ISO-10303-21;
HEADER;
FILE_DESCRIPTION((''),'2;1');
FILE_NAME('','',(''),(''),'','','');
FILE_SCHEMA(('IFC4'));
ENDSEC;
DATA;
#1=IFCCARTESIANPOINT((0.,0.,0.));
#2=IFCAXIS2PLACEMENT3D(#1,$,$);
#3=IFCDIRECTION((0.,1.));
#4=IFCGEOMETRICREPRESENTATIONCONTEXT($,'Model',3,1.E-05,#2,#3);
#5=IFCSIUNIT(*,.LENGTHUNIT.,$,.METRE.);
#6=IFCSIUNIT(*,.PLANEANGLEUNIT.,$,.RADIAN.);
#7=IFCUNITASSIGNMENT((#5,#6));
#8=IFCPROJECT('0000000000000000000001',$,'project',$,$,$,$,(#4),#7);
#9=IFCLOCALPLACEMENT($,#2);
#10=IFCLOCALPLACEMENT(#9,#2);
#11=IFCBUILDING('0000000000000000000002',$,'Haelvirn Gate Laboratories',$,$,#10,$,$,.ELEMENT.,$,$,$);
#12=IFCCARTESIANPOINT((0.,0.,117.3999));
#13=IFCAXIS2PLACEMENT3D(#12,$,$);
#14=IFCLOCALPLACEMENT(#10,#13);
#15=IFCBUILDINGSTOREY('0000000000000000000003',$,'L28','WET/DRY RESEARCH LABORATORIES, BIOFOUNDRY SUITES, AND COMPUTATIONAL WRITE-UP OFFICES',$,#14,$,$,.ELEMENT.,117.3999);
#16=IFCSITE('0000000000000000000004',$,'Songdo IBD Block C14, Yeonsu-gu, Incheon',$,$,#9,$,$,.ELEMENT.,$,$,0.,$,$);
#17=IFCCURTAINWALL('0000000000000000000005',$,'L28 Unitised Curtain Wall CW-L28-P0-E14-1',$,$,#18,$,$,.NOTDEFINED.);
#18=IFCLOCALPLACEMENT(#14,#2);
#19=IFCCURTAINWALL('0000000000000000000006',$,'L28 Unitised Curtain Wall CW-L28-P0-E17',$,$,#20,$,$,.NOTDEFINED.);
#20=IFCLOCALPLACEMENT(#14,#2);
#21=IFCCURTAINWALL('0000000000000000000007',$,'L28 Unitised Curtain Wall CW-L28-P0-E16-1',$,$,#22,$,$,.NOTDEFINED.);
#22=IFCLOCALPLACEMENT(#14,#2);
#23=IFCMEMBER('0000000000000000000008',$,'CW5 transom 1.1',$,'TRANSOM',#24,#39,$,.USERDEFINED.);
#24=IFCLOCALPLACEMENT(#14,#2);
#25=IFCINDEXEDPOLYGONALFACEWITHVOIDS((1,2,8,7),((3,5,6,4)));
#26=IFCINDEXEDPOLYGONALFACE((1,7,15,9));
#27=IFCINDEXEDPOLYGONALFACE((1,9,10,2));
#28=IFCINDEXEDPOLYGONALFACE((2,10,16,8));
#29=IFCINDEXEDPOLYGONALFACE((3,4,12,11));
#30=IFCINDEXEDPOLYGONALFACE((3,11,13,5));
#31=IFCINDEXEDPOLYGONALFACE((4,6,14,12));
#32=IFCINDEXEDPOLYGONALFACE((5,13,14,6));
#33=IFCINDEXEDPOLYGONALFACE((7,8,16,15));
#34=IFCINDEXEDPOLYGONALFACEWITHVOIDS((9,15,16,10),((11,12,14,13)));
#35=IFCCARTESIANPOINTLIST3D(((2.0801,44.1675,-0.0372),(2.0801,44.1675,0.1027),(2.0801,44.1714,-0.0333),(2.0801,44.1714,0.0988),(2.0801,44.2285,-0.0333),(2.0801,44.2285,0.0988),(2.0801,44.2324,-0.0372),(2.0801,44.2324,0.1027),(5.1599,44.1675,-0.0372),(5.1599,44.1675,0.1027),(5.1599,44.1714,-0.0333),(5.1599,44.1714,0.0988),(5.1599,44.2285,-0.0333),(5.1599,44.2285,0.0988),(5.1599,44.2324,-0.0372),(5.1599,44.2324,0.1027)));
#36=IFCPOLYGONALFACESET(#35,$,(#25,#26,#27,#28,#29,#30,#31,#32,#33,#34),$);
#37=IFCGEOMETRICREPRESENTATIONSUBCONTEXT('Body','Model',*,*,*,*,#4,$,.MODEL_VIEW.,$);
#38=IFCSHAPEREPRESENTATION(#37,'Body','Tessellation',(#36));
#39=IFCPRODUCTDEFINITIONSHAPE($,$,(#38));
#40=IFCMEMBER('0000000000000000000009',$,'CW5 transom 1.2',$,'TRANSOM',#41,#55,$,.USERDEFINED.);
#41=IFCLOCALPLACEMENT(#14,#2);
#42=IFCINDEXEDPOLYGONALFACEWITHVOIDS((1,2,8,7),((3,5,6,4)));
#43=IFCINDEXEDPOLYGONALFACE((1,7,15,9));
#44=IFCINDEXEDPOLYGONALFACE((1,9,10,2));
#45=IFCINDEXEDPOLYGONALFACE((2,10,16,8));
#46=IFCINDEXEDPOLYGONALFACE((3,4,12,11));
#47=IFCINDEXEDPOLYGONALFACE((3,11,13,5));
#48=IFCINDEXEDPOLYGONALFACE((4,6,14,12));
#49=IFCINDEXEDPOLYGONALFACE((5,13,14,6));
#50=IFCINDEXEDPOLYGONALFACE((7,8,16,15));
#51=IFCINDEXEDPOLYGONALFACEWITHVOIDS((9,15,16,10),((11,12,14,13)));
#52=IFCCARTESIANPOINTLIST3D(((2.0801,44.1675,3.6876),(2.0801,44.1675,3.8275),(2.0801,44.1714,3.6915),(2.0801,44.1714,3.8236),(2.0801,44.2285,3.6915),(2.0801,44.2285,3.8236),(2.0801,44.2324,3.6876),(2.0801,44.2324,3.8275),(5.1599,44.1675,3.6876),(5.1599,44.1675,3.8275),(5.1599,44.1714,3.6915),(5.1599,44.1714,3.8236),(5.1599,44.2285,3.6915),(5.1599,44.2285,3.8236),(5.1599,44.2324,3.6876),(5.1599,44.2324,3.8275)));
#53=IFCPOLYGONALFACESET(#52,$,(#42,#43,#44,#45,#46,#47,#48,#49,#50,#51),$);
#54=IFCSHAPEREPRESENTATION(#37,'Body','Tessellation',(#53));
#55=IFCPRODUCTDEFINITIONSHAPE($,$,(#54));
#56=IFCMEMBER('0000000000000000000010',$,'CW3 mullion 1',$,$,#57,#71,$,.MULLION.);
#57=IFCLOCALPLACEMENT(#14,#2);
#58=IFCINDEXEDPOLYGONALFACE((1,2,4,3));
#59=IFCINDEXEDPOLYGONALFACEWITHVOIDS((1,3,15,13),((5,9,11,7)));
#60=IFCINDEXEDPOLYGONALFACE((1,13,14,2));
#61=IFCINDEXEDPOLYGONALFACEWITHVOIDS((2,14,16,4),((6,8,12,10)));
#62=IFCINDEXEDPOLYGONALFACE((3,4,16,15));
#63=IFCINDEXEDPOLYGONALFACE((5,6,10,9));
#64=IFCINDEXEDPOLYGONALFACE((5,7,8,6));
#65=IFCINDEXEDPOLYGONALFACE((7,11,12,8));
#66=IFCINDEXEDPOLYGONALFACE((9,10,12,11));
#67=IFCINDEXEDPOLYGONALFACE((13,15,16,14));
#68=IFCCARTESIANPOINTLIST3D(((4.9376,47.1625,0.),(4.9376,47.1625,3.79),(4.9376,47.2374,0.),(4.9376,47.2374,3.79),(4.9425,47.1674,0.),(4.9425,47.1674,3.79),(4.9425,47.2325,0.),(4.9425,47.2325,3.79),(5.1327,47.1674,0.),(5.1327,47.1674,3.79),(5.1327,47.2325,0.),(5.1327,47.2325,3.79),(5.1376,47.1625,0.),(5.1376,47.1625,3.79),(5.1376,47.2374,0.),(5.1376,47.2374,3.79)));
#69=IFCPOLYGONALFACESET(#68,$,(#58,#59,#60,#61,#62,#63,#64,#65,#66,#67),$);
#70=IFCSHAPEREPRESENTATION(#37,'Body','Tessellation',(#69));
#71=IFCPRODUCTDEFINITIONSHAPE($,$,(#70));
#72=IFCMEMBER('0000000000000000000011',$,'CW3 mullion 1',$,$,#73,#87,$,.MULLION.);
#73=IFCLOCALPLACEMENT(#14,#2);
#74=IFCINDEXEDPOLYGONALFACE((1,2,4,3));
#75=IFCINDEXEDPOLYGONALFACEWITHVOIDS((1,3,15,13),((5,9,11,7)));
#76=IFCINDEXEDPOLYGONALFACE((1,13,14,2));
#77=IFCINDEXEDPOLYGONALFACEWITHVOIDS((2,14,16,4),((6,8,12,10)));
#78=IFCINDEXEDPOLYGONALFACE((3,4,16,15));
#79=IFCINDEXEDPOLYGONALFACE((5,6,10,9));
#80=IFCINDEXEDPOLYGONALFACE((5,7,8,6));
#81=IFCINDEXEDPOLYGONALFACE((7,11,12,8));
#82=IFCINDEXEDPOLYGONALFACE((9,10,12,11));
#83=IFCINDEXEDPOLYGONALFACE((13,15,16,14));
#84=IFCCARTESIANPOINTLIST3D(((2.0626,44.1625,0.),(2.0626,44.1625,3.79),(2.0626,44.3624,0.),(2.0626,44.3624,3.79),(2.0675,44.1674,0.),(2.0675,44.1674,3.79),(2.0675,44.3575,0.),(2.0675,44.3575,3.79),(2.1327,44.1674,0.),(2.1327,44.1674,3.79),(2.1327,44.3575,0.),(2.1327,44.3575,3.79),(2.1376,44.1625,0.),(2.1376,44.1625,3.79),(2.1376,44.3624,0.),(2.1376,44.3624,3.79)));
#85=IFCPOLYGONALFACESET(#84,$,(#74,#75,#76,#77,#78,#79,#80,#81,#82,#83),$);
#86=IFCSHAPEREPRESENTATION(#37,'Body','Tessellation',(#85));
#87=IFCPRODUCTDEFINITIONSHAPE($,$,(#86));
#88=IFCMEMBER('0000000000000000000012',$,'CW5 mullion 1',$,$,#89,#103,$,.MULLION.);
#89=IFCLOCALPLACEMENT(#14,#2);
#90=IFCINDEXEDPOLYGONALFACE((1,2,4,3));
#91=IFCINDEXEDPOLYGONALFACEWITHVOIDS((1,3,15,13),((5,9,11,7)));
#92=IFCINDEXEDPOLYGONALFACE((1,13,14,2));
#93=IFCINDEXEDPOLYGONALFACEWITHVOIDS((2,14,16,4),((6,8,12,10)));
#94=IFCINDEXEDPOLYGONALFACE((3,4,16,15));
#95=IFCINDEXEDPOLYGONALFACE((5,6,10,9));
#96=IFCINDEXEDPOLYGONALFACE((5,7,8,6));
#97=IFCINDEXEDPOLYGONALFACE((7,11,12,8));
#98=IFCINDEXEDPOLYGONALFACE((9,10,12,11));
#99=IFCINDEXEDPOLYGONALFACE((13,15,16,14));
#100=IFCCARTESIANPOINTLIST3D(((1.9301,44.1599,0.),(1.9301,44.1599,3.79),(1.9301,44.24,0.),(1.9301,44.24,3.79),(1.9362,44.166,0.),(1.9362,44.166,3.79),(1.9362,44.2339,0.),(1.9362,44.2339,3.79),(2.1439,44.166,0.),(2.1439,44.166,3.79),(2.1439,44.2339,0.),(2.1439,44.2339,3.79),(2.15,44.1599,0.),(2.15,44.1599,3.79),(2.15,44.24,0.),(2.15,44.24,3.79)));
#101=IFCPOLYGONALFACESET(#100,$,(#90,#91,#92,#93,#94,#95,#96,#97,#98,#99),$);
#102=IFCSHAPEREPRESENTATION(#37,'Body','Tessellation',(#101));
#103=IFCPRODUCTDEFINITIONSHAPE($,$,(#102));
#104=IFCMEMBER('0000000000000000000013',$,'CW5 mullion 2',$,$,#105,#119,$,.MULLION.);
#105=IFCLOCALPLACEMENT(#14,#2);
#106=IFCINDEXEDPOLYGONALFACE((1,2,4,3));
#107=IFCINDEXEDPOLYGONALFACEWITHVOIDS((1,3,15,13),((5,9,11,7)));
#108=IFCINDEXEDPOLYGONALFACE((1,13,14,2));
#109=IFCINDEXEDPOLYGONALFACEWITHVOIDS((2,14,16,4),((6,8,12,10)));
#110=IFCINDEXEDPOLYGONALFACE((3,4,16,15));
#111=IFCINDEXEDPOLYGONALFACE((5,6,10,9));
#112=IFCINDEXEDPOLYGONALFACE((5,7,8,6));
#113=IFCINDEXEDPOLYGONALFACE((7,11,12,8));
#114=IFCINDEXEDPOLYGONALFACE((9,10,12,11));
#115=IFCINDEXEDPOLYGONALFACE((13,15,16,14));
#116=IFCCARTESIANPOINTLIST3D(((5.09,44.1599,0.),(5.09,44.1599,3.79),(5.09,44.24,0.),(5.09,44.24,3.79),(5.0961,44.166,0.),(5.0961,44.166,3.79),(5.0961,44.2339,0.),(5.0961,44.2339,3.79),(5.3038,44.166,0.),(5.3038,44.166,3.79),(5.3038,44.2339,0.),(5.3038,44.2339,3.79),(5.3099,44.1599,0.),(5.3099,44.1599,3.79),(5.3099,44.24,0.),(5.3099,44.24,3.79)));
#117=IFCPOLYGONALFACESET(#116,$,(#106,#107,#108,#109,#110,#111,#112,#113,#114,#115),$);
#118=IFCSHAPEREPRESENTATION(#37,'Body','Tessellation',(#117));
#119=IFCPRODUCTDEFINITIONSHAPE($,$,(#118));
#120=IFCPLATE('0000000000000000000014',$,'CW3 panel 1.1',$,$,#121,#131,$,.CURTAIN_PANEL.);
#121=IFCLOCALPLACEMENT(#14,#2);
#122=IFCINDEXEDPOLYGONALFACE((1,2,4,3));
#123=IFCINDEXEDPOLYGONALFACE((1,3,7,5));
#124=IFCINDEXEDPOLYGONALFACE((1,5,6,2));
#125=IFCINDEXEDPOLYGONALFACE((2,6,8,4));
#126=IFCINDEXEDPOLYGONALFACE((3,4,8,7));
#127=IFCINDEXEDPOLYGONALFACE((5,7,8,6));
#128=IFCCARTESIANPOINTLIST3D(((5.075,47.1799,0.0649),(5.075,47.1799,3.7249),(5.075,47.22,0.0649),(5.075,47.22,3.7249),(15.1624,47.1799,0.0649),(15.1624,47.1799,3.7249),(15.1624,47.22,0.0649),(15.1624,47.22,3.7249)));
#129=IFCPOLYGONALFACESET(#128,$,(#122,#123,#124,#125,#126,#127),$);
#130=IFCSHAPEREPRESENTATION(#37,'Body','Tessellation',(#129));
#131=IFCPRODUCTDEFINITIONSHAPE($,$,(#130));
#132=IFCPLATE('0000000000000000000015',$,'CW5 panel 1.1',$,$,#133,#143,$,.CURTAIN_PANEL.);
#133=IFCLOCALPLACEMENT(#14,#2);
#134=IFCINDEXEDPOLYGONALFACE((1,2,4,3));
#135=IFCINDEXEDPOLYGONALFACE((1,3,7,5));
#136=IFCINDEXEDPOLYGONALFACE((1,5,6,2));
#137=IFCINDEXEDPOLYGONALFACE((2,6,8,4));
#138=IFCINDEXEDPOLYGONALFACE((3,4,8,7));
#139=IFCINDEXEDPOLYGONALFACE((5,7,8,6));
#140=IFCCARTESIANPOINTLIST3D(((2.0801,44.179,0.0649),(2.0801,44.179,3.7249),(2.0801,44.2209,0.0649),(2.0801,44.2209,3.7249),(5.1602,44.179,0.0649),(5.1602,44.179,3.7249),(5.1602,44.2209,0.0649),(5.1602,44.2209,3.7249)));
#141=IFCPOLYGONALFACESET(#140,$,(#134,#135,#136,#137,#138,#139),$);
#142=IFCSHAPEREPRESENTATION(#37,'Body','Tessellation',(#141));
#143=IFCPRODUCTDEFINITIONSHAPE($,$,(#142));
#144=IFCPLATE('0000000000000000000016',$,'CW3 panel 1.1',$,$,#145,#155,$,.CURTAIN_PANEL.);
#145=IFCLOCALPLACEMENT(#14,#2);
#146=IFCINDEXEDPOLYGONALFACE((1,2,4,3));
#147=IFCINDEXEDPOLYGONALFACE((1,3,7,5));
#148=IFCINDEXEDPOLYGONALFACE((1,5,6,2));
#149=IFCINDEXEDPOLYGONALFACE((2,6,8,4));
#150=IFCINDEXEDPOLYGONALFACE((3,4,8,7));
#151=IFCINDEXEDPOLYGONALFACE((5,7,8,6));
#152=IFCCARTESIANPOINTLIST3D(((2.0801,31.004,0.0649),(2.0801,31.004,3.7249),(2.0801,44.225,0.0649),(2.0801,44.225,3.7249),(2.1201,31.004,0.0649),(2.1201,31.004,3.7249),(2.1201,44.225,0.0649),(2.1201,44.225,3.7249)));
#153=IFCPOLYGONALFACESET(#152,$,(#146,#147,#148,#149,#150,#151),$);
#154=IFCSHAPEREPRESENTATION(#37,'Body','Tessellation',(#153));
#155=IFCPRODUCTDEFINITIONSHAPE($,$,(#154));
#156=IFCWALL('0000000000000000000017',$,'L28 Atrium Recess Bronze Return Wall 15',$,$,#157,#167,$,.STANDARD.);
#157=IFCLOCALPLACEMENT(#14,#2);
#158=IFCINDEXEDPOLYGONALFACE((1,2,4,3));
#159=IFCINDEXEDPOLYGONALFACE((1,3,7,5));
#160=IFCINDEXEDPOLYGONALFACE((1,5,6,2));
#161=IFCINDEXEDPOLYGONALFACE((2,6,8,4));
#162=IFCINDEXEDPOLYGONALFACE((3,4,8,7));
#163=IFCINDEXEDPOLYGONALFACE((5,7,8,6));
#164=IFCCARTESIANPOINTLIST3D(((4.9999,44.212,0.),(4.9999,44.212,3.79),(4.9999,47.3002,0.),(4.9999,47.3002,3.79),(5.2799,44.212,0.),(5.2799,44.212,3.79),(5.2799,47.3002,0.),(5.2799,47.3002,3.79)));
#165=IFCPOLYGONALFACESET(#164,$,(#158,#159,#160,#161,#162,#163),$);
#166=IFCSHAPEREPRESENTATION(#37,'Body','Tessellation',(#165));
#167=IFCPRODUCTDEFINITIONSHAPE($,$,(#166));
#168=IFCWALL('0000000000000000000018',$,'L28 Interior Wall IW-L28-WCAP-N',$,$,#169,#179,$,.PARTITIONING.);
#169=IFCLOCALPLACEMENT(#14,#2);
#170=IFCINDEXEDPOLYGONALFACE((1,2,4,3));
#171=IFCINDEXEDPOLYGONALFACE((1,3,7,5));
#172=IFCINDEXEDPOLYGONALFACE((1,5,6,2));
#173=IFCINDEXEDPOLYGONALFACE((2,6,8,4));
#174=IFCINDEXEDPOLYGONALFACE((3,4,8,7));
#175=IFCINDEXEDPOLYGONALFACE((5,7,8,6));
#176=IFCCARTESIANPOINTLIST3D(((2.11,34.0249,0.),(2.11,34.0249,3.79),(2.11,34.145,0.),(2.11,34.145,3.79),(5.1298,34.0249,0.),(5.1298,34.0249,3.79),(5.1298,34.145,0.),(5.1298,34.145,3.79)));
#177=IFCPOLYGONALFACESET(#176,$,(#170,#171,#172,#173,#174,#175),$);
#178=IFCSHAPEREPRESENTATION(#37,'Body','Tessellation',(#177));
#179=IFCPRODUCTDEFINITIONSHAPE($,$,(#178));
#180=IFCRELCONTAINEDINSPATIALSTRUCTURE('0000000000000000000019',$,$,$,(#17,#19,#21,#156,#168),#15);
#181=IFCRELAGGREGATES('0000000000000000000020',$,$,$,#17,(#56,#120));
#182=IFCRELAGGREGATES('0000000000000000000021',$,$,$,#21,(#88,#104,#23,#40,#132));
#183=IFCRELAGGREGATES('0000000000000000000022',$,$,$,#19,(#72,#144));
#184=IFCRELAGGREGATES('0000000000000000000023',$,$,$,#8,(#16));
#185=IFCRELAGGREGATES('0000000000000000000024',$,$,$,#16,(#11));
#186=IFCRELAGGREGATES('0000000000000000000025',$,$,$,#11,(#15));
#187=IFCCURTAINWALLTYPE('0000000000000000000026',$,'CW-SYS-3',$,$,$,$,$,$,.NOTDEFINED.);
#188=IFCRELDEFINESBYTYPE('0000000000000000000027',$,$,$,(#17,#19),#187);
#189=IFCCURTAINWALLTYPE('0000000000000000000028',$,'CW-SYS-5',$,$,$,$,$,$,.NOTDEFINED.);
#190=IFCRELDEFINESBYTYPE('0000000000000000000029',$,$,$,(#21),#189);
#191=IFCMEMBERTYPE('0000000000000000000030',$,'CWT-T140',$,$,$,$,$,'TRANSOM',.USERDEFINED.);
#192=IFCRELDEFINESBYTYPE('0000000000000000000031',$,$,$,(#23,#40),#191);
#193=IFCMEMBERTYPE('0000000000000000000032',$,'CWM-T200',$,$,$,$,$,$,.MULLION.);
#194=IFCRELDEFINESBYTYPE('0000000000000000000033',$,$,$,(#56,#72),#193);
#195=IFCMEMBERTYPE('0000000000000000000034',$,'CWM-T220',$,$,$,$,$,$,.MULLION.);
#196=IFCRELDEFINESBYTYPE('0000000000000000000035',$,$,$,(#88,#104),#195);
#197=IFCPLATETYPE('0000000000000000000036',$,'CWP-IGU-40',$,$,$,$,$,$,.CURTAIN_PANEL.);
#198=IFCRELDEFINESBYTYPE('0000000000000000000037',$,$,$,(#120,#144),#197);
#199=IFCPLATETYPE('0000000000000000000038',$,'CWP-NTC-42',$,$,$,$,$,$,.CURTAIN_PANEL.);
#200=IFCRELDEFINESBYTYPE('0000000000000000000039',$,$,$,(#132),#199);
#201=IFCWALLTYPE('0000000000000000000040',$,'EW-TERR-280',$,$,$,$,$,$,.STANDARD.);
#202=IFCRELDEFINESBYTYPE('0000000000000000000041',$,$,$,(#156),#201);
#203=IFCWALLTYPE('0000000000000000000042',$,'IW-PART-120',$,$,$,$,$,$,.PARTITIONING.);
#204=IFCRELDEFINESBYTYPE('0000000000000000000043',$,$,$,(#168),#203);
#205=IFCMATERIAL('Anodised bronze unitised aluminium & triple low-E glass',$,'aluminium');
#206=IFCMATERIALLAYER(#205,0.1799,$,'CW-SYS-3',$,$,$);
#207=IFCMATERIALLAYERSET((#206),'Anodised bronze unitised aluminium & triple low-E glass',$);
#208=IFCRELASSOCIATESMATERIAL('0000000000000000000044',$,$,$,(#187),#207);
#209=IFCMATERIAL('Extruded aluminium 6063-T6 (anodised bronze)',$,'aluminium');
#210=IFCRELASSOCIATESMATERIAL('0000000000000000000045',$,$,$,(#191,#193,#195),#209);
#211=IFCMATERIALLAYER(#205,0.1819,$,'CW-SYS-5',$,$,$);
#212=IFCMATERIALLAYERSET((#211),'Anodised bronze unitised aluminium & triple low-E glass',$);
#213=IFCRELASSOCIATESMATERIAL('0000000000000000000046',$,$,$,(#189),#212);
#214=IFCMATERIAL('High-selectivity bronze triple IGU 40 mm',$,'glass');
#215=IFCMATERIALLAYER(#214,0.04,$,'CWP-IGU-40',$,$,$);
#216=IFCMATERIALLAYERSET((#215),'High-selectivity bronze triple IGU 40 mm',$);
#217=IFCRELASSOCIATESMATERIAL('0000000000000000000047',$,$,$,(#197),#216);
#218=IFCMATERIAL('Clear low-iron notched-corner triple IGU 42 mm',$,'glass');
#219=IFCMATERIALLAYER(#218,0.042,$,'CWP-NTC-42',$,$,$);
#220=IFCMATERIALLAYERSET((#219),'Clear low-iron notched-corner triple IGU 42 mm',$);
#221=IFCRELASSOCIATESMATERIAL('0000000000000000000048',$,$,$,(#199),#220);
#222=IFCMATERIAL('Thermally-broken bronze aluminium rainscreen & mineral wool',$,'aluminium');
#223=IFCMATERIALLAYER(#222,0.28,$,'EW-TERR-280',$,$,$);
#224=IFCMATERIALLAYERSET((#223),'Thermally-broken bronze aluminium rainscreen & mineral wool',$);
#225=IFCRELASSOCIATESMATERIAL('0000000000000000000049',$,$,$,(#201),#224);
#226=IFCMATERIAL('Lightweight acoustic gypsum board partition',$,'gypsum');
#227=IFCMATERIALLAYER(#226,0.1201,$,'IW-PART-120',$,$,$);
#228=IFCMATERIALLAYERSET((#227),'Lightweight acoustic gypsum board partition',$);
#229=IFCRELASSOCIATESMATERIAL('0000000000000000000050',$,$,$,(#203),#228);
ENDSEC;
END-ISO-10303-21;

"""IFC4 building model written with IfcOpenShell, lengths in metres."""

from ifc_helpers import new_model, si_unit, direction, frame, frame_2d, origin, origin_2d, place, context, subcontext, project, spatial, rectangle, hollow_rectangle, extrude, source, transform, mapped, material, layer, layer_set, material_profile, profile_set, type_object, type_shapes, element, aggregate, save


model = new_model("IFC4")

# Units and contexts
model_context = context("Model", 3, precision=1e-05, world=origin(), true_north=direction((0.0, 1.0)))
body_context = subcontext(model_context, "Body", "Model", "MODEL_VIEW")
ifc_project = project(units=[si_unit("LENGTHUNIT", "METRE"), si_unit("PLANEANGLEUNIT", "RADIAN")], contexts=[model_context])

# Site, building, storey
site_placement = place(None, origin())
site = spatial("IfcSite", under=ifc_project, at=site_placement, Name="Songdo IBD Block C14, Yeonsu-gu, Incheon", CompositionType="ELEMENT", RefElevation=0.0)
building_placement = place(site_placement, origin())
building = spatial("IfcBuilding", under=site, at=building_placement, Name="Haelvirn Gate Laboratories", CompositionType="ELEMENT")
storey_placement = place(building_placement, frame((0.0, 0.0, 117.3999)))
storey = spatial("IfcBuildingStorey", under=building, at=storey_placement, Name="L28", Description="WET/DRY RESEARCH LABORATORIES, BIOFOUNDRY SUITES, AND COMPUTATIONAL WRITE-UP OFFICES", CompositionType="ELEMENT", Elevation=117.3999)

# Curtain walls, members
ifc_material_1 = material(Name="Anodised bronze unitised aluminium & triple low-E glass", Category="aluminium")
ifc_layer_1 = layer(ifc_material_1, 0.1799, Name="CW-SYS-3")
ifc_layer_set_1 = layer_set([ifc_layer_1], Name="Anodised bronze unitised aluminium & triple low-E glass")
curtain_wall_type_1 = type_object("IfcCurtainWallType", Name="CW-SYS-3", PredefinedType="NOTDEFINED", material=ifc_layer_set_1)
curtain_wall_1_placement = place(storey_placement, origin())
curtain_wall_1 = element("IfcCurtainWall", 1, at=curtain_wall_1_placement, inside=storey, type_object=curtain_wall_type_1, Name="L28 Unitised Curtain Wall CW-L28-P0-E14-1", PredefinedType="NOTDEFINED")
ifc_material_2 = material(Name="Extruded aluminium 6063-T6 (anodised bronze)", Category="aluminium")
ifc_material_profile_1 = material_profile(ifc_material_2, hollow_rectangle(XDim=0.0649, YDim=0.1399, WallThickness=0.0039, at=origin_2d()), Name="CWT-140x65x4")
ifc_profile_set_1 = profile_set([ifc_material_profile_1], Name="Extruded aluminium 6063-T6 (anodised bronze)")
member_type_1 = type_object("IfcMemberType", Name="CWT-T140", ElementType="TRANSOM", PredefinedType="USERDEFINED", material=ifc_profile_set_1)
curtain_wall_2_placement = place(storey_placement, origin())
curtain_wall_2 = element("IfcCurtainWall", 2, at=curtain_wall_2_placement, inside=storey, type_object=curtain_wall_type_1, Name="L28 Unitised Curtain Wall CW-L28-P0-E17", PredefinedType="NOTDEFINED")
ifc_layer_2 = layer(ifc_material_1, 0.1819, Name="CW-SYS-5")
ifc_layer_set_2 = layer_set([ifc_layer_2], Name="Anodised bronze unitised aluminium & triple low-E glass")
curtain_wall_type_2 = type_object("IfcCurtainWallType", Name="CW-SYS-5", PredefinedType="NOTDEFINED", material=ifc_layer_set_2)
curtain_wall_3_placement = place(storey_placement, origin())
curtain_wall_3 = element("IfcCurtainWall", 3, at=curtain_wall_3_placement, inside=storey, type_object=curtain_wall_type_2, Name="L28 Unitised Curtain Wall CW-L28-P0-E16-1", PredefinedType="NOTDEFINED")
shared_shape_1 = source(origin(), body_context, "Body", "SweptSolid", [
    extrude(hollow_rectangle(XDim=0.0649, YDim=0.1399, WallThickness=0.0039, at=origin_2d()), origin(), (0.0, 0.0, 1.0), 3.0798),
])
member_1_placement = place(storey_placement, frame((2.0801, 44.2, 0.0327), z_axis=(1.0, 0.0, 0.0), x_axis=(0.0, 1.0, 0.0)))
member_1 = element("IfcMember", 4, at=member_1_placement, type_object=member_type_1, Name="CW5 transom 1.1", ObjectType="TRANSOM", PredefinedType="USERDEFINED", context=body_context, shape_type="MappedRepresentation", body=[
    mapped(shared_shape_1, transform((0.0, 0.0, 0.0), scale=1.0)),
])
member_2_placement = place(storey_placement, frame((2.0801, 44.2, 3.7576), z_axis=(1.0, 0.0, 0.0), x_axis=(0.0, 1.0, 0.0)))
member_2 = element("IfcMember", 5, at=member_2_placement, type_object=member_type_1, Name="CW5 transom 1.2", ObjectType="TRANSOM", PredefinedType="USERDEFINED", context=body_context, shape_type="MappedRepresentation", body=[
    mapped(shared_shape_1, transform((0.0, 0.0, 0.0), scale=1.0)),
])

# Members
ifc_material_profile_2 = material_profile(ifc_material_2, hollow_rectangle(XDim=0.075, YDim=0.2, WallThickness=0.0049, at=origin_2d()), Name="CWM-200x75x5")
ifc_profile_set_2 = profile_set([ifc_material_profile_2], Name="Extruded aluminium 6063-T6 (anodised bronze)")
member_type_2 = type_object("IfcMemberType", Name="CWM-T200", PredefinedType="MULLION", material=ifc_profile_set_2)
shared_shape_2 = source(origin(), body_context, "Body", "SweptSolid", [
    extrude(hollow_rectangle(XDim=0.075, YDim=0.2, WallThickness=0.0049, at=origin_2d()), origin(), (0.0, 0.0, 1.0), 3.79),
])
type_shapes(member_type_2, [shared_shape_2])
member_3_placement = place(storey_placement, frame((5.0376, 47.2, 0.0), z_axis=(0.0, 0.0, 1.0), x_axis=(0.0, 1.0, 0.0)))
member_3 = element("IfcMember", 6, at=member_3_placement, type_object=member_type_2, Name="CW3 mullion 1", PredefinedType="MULLION", context=body_context, shape_type="MappedRepresentation", body=[
    mapped(shared_shape_2, transform((0.0, 0.0, 0.0), scale=1.0)),
])
member_4_placement = place(storey_placement, frame((2.1001, 44.2625, 0.0), z_axis=(0.0, 0.0, 1.0), x_axis=(1.0, 0.0, 0.0)))
member_4 = element("IfcMember", 7, at=member_4_placement, type_object=member_type_2, Name="CW3 mullion 1", PredefinedType="MULLION", context=body_context, shape_type="MappedRepresentation", body=[
    mapped(shared_shape_2, transform((0.0, 0.0, 0.0), scale=1.0)),
])
ifc_material_profile_3 = material_profile(ifc_material_2, hollow_rectangle(XDim=0.0801, YDim=0.22, WallThickness=0.0061, at=origin_2d()), Name="CWM-220x80x6")
ifc_profile_set_3 = profile_set([ifc_material_profile_3], Name="Extruded aluminium 6063-T6 (anodised bronze)")
member_type_3 = type_object("IfcMemberType", Name="CWM-T220", PredefinedType="MULLION", material=ifc_profile_set_3)
shared_shape_3 = source(origin(), body_context, "Body", "SweptSolid", [
    extrude(hollow_rectangle(XDim=0.0801, YDim=0.22, WallThickness=0.0061, at=origin_2d()), origin(), (0.0, 0.0, 1.0), 3.79),
])
type_shapes(member_type_3, [shared_shape_3])
member_5_placement = place(storey_placement, frame((2.04, 44.2, 0.0), z_axis=(0.0, 0.0, 1.0), x_axis=(0.0, 1.0, 0.0)))
member_5 = element("IfcMember", 8, at=member_5_placement, type_object=member_type_3, Name="CW5 mullion 1", PredefinedType="MULLION", context=body_context, shape_type="MappedRepresentation", body=[
    mapped(shared_shape_3, transform((0.0, 0.0, 0.0), scale=1.0)),
])
member_6_placement = place(storey_placement, frame((5.2, 44.2, 0.0), z_axis=(0.0, 0.0, 1.0), x_axis=(0.0, 1.0, 0.0)))
member_6 = element("IfcMember", 9, at=member_6_placement, type_object=member_type_3, Name="CW5 mullion 2", PredefinedType="MULLION", context=body_context, shape_type="MappedRepresentation", body=[
    mapped(shared_shape_3, transform((0.0, 0.0, 0.0), scale=1.0)),
])

# Plates
ifc_material_3 = material(Name="High-selectivity bronze triple IGU 40 mm", Category="glass")
ifc_layer_3 = layer(ifc_material_3, 0.04, Name="CWP-IGU-40")
ifc_layer_set_3 = layer_set([ifc_layer_3], Name="High-selectivity bronze triple IGU 40 mm")
plate_type_1 = type_object("IfcPlateType", Name="CWP-IGU-40", PredefinedType="CURTAIN_PANEL", material=ifc_layer_set_3)
shared_shape_4 = source(origin(), body_context, "Body", "SweptSolid", [
    extrude(rectangle(XDim=10.0874, YDim=0.04, at=origin_2d()), origin(), (0.0, 0.0, 1.0), 3.6599),
])
plate_1_placement = place(storey_placement, frame((10.1187, 47.2, 0.0649), z_axis=(0.0, 0.0, 1.0), x_axis=(1.0, 0.0, 0.0)))
plate_1 = element("IfcPlate", 10, at=plate_1_placement, type_object=plate_type_1, Name="CW3 panel 1.1", PredefinedType="CURTAIN_PANEL", context=body_context, shape_type="MappedRepresentation", body=[
    mapped(shared_shape_4, transform((0.0, 0.0, 0.0), scale=1.0)),
])
aggregate(curtain_wall_1, [member_3, plate_1])
ifc_material_4 = material(Name="Clear low-iron notched-corner triple IGU 42 mm", Category="glass")
ifc_layer_4 = layer(ifc_material_4, 0.042, Name="CWP-NTC-42")
ifc_layer_set_4 = layer_set([ifc_layer_4], Name="Clear low-iron notched-corner triple IGU 42 mm")
plate_type_2 = type_object("IfcPlateType", Name="CWP-NTC-42", PredefinedType="CURTAIN_PANEL", material=ifc_layer_set_4)
shared_shape_5 = source(origin(), body_context, "Body", "SweptSolid", [
    extrude(rectangle(XDim=3.0801, YDim=0.042, at=origin_2d()), origin(), (0.0, 0.0, 1.0), 3.6599),
])
type_shapes(plate_type_2, [shared_shape_5])
plate_2_placement = place(storey_placement, frame((3.6201, 44.2, 0.0649), z_axis=(0.0, 0.0, 1.0), x_axis=(1.0, 0.0, 0.0)))
plate_2 = element("IfcPlate", 11, at=plate_2_placement, type_object=plate_type_2, Name="CW5 panel 1.1", PredefinedType="CURTAIN_PANEL", context=body_context, shape_type="MappedRepresentation", body=[
    mapped(shared_shape_5, transform((0.0, 0.0, 0.0), scale=1.0)),
])
aggregate(curtain_wall_3, [member_5, member_6, member_1, member_2, plate_2])
shared_shape_6 = source(origin(), body_context, "Body", "SweptSolid", [
    extrude(rectangle(XDim=13.2209, YDim=0.04, at=origin_2d()), origin(), (0.0, 0.0, 1.0), 3.6599),
])
type_shapes(plate_type_1, [shared_shape_4, shared_shape_6])
plate_3_placement = place(storey_placement, frame((2.1001, 37.6145, 0.0649), z_axis=(0.0, 0.0, 1.0), x_axis=(0.0, -1.0, 0.0)))
plate_3 = element("IfcPlate", 12, at=plate_3_placement, type_object=plate_type_1, Name="CW3 panel 1.1", PredefinedType="CURTAIN_PANEL", context=body_context, shape_type="MappedRepresentation", body=[
    mapped(shared_shape_6, transform((0.0, 0.0, 0.0), scale=1.0)),
])
aggregate(curtain_wall_2, [member_4, plate_3])

# Walls
ifc_material_5 = material(Name="Thermally-broken bronze aluminium rainscreen & mineral wool", Category="aluminium")
ifc_layer_5 = layer(ifc_material_5, 0.28, Name="EW-TERR-280")
ifc_layer_set_5 = layer_set([ifc_layer_5], Name="Thermally-broken bronze aluminium rainscreen & mineral wool")
wall_type_1 = type_object("IfcWallType", Name="EW-TERR-280", PredefinedType="STANDARD", material=ifc_layer_set_5)
wall_1_placement = place(storey_placement, frame((5.1399, 47.3, 0.0), z_axis=(0.0, 0.0, 1.0), x_axis=(0.0, -1.0, 0.0)))
element("IfcWall", 13, at=wall_1_placement, inside=storey, type_object=wall_type_1, Name="L28 Atrium Recess Bronze Return Wall 15", PredefinedType="STANDARD", context=body_context, shape_type="SweptSolid", body=[
    extrude(rectangle(XDim=3.0881, YDim=0.28, at=frame_2d((1.5439, 0.0))), origin(), (0.0, 0.0, 1.0), 3.79),
])
ifc_material_6 = material(Name="Lightweight acoustic gypsum board partition", Category="gypsum")
ifc_layer_6 = layer(ifc_material_6, 0.1201, Name="IW-PART-120")
ifc_layer_set_6 = layer_set([ifc_layer_6], Name="Lightweight acoustic gypsum board partition")
wall_type_2 = type_object("IfcWallType", Name="IW-PART-120", PredefinedType="PARTITIONING", material=ifc_layer_set_6)
wall_2_placement = place(storey_placement, frame((2.1101, 34.085, 0.0), z_axis=(0.0, 0.0, 1.0), x_axis=(1.0, 0.0, 0.0)))
element("IfcWall", 14, at=wall_2_placement, inside=storey, type_object=wall_type_2, Name="L28 Interior Wall IW-L28-WCAP-N", PredefinedType="PARTITIONING", context=body_context, shape_type="SweptSolid", body=[
    extrude(rectangle(XDim=3.0198, YDim=0.1201, at=frame_2d((1.5098, 0.0))), origin(), (0.0, 0.0, 1.0), 3.79),
])

save(model, "model.ifc")
